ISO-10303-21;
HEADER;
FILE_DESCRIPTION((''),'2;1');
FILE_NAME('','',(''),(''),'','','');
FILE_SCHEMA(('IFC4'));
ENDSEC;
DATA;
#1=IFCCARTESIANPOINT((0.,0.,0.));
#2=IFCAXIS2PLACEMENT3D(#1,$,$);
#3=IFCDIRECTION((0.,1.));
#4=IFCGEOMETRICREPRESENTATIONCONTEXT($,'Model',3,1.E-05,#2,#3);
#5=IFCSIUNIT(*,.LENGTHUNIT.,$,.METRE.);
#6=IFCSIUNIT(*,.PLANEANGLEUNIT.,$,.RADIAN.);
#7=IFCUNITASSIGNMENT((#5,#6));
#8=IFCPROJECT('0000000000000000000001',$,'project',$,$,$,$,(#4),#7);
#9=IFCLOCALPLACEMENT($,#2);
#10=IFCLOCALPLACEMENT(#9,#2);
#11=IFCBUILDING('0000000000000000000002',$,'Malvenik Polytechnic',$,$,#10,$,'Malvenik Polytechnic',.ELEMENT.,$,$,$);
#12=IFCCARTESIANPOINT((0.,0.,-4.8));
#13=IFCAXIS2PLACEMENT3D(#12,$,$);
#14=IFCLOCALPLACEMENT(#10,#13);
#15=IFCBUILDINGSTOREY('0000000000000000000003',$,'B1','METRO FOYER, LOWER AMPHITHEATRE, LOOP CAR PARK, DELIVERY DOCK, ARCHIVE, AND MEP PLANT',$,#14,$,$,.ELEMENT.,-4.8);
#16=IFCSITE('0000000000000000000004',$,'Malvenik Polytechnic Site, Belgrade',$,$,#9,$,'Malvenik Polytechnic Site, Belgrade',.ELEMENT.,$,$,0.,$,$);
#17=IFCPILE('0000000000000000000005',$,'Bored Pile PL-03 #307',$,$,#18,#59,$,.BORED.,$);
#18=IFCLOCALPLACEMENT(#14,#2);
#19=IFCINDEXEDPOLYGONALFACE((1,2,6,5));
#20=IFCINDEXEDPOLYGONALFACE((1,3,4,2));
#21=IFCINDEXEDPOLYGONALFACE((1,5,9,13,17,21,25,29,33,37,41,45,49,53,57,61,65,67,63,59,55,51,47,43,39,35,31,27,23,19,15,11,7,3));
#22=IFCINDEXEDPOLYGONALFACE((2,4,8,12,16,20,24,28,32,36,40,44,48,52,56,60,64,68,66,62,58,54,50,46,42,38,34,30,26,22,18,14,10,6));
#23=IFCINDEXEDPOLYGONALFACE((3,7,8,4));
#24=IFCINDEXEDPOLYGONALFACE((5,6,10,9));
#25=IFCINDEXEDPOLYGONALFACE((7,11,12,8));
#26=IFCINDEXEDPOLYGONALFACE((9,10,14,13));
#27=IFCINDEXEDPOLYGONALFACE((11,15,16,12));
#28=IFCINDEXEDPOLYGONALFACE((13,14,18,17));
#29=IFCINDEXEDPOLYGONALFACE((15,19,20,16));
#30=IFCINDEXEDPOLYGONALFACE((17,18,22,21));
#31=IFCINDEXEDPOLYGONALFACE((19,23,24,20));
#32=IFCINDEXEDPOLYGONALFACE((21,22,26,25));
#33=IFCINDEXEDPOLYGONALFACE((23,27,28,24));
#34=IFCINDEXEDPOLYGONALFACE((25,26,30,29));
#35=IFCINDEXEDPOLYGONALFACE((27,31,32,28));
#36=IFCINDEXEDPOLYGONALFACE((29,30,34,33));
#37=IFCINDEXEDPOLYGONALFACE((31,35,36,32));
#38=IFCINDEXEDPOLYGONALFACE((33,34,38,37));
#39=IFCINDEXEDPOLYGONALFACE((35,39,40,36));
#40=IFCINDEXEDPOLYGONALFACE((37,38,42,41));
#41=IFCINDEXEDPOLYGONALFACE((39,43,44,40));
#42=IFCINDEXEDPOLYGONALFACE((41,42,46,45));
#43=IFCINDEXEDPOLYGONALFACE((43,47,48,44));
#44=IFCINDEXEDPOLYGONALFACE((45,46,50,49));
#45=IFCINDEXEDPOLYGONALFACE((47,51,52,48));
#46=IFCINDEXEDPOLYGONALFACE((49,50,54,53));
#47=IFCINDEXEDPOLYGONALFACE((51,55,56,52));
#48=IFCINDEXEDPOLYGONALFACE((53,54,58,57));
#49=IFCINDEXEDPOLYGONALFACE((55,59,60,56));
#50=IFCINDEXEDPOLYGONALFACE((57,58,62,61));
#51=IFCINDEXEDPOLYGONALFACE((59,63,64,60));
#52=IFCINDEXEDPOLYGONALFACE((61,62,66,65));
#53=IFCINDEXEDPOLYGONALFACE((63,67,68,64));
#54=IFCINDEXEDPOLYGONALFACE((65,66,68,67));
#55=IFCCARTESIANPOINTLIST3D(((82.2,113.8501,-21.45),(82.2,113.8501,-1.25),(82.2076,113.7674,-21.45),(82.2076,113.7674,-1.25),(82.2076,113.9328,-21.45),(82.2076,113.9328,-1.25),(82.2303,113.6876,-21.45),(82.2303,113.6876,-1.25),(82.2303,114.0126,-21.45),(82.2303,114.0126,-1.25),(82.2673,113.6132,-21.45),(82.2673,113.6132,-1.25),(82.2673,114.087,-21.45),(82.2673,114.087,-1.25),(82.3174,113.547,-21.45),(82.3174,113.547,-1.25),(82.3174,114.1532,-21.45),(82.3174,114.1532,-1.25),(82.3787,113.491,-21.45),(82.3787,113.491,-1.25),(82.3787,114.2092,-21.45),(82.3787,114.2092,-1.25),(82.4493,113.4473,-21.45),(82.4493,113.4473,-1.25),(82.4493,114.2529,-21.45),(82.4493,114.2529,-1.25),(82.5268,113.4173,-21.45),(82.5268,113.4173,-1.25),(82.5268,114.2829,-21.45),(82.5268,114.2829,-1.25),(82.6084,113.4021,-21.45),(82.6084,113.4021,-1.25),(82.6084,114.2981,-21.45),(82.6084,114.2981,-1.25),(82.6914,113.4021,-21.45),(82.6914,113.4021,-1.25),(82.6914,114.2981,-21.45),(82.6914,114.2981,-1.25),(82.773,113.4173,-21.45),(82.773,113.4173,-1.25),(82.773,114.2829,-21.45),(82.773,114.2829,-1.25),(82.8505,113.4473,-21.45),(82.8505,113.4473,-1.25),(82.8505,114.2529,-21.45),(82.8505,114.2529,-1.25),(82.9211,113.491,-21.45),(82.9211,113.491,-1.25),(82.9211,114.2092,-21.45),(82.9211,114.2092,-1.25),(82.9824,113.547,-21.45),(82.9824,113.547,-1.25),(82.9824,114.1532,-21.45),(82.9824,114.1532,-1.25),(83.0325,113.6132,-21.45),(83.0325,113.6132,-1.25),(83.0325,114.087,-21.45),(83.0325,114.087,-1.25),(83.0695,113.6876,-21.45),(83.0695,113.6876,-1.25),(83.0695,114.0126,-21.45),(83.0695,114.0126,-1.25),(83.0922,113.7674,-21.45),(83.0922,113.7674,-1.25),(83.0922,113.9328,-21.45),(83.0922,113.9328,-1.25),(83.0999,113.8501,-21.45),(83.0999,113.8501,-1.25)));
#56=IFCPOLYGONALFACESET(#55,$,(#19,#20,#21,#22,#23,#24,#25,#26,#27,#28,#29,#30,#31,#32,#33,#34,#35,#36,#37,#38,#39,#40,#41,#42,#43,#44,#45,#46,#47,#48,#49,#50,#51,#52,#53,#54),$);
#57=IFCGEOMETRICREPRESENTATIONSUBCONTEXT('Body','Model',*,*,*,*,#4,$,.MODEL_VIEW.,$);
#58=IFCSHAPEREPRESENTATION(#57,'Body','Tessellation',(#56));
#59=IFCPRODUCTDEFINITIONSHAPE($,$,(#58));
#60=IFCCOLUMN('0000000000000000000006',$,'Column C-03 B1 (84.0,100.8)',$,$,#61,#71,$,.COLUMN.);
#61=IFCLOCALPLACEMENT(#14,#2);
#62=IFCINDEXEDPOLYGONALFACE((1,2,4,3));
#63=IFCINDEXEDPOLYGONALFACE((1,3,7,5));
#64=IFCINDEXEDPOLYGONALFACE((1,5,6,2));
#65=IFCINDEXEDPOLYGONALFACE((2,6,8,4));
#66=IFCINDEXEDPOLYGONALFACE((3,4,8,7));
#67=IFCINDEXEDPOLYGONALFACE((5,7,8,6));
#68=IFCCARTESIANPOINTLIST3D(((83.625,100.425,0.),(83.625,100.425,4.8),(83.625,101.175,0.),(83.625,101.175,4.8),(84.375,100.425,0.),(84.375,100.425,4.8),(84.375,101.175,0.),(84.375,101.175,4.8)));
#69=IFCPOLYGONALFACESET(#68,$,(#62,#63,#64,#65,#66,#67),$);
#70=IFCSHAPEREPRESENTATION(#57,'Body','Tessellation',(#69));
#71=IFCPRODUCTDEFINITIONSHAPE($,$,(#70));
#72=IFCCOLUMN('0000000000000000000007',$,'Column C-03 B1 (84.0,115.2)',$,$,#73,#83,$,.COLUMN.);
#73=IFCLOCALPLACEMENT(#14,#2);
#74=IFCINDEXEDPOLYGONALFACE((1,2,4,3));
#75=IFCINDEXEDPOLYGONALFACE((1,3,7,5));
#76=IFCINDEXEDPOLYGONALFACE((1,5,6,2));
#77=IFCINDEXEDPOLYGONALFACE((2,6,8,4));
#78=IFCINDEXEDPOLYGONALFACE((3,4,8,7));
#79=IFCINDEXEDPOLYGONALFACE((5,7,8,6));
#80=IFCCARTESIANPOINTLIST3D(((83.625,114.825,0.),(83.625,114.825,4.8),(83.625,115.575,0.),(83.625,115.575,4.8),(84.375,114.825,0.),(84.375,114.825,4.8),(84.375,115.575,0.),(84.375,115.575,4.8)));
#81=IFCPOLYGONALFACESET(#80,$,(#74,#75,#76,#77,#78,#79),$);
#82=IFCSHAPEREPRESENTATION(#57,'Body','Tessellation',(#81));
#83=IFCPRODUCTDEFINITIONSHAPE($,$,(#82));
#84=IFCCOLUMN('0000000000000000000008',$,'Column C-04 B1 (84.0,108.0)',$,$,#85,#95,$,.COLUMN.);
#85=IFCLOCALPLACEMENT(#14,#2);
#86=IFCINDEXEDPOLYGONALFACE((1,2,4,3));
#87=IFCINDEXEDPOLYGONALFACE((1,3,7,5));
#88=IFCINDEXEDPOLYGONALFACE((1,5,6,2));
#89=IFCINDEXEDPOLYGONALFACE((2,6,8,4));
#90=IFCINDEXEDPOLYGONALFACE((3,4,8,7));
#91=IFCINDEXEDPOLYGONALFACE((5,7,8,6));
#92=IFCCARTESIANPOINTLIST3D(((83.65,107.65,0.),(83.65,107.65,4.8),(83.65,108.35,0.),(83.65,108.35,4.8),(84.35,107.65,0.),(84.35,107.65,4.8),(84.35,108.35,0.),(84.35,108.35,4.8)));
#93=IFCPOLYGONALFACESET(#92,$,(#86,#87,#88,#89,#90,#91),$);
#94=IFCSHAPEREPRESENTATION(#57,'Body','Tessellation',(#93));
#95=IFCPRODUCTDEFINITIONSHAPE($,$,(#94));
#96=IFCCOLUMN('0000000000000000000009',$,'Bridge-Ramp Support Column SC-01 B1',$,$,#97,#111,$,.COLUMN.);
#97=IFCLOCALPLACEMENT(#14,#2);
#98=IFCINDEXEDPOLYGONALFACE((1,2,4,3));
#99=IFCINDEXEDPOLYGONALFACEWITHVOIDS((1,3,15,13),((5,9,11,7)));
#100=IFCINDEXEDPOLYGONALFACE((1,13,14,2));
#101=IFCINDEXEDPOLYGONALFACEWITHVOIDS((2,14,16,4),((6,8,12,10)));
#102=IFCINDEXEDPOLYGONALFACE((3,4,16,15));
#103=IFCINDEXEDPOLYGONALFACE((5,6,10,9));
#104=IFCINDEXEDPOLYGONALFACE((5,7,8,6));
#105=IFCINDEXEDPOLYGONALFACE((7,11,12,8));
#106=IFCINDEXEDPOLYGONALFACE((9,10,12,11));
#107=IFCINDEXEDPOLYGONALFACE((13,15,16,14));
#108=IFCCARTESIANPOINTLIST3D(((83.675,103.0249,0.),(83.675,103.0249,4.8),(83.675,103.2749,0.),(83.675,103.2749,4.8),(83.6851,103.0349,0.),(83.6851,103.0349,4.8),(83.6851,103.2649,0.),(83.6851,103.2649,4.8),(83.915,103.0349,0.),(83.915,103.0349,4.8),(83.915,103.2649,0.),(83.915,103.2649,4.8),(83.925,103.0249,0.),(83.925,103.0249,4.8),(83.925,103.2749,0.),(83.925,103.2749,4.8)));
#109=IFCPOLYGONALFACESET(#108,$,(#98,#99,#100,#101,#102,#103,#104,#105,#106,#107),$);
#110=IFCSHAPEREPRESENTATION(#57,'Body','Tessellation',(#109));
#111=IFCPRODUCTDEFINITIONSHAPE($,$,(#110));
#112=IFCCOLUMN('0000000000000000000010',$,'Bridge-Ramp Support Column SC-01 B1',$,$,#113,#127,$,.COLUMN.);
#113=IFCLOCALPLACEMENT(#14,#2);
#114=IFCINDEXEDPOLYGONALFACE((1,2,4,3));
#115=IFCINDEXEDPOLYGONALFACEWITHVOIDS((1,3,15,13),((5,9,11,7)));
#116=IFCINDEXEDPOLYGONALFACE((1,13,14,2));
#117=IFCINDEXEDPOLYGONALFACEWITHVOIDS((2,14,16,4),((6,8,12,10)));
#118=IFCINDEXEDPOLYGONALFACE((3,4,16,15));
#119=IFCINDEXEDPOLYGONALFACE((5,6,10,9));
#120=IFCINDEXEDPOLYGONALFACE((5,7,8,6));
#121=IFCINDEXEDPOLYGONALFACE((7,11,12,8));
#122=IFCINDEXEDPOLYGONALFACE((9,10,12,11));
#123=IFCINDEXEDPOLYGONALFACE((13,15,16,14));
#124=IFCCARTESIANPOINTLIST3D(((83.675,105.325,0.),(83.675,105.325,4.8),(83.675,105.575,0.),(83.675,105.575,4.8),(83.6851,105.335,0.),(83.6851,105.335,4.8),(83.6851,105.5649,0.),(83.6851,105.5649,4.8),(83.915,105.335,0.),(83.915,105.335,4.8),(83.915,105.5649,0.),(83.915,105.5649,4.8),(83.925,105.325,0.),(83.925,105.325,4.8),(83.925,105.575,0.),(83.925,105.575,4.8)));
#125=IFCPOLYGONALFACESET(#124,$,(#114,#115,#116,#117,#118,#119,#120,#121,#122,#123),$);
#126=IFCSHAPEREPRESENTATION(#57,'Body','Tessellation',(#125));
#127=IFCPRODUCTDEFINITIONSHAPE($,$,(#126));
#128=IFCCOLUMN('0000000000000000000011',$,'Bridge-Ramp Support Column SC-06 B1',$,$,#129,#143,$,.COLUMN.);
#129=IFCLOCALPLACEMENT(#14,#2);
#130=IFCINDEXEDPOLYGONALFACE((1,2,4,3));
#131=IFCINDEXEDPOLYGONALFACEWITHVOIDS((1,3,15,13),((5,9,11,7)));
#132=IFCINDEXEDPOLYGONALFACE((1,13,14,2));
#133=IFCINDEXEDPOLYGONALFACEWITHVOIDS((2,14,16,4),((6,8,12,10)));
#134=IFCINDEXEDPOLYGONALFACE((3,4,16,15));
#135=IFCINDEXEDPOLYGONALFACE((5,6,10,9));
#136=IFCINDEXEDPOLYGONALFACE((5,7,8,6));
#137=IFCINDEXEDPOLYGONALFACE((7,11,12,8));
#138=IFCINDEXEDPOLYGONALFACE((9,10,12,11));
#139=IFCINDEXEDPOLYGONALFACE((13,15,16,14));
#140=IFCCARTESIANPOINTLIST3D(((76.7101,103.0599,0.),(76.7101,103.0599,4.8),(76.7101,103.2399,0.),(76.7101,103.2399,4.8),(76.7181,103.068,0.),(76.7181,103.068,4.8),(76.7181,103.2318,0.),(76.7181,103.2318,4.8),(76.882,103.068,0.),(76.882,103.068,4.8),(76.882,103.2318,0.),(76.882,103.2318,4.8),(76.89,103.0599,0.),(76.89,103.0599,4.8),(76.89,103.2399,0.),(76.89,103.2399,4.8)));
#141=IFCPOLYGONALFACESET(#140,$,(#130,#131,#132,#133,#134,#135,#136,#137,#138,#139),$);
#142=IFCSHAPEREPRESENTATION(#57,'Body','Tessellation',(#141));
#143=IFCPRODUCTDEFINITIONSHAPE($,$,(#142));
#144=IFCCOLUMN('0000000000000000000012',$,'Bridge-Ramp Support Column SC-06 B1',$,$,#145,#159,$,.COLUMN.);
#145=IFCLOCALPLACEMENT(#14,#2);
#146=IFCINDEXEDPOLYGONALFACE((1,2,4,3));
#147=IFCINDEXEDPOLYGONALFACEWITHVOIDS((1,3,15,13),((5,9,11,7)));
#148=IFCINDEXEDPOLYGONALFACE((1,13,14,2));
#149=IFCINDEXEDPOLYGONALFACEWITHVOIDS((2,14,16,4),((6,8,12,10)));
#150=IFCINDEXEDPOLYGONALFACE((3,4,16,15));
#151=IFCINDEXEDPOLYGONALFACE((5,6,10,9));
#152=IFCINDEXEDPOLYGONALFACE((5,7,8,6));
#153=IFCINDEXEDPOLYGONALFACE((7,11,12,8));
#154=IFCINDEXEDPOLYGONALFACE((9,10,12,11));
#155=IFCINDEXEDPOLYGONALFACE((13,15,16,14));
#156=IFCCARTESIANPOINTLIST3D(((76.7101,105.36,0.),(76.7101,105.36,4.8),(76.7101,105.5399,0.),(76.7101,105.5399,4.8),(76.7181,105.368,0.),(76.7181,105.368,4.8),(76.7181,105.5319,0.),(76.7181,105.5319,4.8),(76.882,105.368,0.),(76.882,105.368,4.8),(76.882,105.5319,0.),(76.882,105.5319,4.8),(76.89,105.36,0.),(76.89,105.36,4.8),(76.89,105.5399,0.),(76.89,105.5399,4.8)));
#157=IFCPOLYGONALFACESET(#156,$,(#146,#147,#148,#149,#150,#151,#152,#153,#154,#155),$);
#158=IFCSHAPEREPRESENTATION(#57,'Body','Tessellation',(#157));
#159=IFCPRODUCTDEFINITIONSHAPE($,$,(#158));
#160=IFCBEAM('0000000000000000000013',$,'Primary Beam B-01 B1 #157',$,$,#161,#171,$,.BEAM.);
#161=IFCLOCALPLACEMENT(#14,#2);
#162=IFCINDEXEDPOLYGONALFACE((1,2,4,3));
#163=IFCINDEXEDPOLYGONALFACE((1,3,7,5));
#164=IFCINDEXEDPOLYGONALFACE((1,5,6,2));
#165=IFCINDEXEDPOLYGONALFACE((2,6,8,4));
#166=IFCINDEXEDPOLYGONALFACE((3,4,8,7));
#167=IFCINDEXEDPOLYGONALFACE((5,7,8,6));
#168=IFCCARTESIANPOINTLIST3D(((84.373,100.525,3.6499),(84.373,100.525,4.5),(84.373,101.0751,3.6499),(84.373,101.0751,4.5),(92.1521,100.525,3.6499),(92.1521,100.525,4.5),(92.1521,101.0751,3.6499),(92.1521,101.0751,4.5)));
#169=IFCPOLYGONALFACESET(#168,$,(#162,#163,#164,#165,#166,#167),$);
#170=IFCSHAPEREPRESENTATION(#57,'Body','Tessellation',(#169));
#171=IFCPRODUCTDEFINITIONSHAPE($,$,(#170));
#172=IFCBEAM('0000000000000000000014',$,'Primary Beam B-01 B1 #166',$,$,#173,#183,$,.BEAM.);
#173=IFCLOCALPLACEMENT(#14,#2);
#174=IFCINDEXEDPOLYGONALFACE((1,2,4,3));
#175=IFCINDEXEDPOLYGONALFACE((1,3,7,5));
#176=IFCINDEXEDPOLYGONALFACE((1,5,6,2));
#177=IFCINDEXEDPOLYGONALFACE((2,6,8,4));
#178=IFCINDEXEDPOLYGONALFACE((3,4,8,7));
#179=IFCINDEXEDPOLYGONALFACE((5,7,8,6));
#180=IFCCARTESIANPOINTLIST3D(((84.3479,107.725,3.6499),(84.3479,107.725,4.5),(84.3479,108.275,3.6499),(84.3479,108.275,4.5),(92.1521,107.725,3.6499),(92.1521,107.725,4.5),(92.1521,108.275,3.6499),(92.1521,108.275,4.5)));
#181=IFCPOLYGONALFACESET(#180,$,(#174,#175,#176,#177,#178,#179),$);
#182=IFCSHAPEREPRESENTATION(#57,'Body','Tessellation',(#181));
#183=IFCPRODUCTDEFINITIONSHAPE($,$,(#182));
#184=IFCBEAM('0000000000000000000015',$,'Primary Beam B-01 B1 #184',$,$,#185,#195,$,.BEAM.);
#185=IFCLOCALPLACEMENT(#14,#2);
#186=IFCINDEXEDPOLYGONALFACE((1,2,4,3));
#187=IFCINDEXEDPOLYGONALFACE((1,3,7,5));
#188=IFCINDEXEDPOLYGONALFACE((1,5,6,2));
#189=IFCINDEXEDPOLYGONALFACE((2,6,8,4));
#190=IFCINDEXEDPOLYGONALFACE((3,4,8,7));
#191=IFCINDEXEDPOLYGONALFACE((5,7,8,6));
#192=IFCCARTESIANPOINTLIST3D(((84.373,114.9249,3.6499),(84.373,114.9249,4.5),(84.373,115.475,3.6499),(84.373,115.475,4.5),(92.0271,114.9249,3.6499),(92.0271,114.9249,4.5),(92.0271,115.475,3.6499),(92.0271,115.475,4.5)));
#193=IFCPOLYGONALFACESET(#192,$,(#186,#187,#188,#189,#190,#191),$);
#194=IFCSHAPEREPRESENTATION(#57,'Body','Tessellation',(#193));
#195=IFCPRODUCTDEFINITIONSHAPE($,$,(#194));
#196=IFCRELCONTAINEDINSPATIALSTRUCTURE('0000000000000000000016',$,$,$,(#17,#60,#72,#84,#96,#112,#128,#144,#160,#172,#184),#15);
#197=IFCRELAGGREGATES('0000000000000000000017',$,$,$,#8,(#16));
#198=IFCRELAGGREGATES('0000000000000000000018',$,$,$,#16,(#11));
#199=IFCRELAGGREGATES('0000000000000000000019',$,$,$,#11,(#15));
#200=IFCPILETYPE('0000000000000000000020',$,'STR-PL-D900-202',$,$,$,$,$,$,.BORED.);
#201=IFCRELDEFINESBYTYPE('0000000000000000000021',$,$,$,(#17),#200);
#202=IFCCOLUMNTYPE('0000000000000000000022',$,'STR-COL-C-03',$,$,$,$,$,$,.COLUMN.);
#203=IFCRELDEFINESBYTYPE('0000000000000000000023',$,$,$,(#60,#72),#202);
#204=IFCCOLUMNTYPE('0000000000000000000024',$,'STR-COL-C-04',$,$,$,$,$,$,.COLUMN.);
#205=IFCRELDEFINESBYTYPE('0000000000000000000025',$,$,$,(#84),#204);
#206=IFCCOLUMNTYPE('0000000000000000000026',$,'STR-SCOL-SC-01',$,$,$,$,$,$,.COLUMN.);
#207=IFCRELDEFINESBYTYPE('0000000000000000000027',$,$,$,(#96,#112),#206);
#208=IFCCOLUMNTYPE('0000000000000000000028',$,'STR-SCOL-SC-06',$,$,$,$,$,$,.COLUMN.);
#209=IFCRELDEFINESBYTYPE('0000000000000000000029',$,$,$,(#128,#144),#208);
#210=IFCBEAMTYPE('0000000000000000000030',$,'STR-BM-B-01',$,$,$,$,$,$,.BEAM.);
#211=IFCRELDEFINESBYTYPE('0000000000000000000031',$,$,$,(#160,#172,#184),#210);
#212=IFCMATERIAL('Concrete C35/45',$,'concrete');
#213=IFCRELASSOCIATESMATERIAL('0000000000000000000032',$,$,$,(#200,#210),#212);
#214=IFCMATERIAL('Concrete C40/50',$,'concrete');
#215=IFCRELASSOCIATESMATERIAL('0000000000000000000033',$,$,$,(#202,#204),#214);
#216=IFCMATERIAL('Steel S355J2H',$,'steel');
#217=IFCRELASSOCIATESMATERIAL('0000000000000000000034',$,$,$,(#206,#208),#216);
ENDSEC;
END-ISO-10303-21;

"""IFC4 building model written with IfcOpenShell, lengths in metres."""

from ifc_helpers import new_model, si_unit, direction, frame, origin, origin_2d, place, context, subcontext, project, spatial, rectangle, hollow_rectangle, circle, extrude, material, material_profile, profile_set, type_object, element, save


model = new_model("IFC4")

# Units and contexts
model_context = context("Model", 3, precision=1e-05, world=origin(), true_north=direction((0.0, 1.0)))
body_context = subcontext(model_context, "Body", "Model", "MODEL_VIEW")
ifc_project = project(units=[si_unit("LENGTHUNIT", "METRE"), si_unit("PLANEANGLEUNIT", "RADIAN")], contexts=[model_context])

# Site, building, storey
site_placement = place(None, origin())
site = spatial("IfcSite", under=ifc_project, at=site_placement, Name="Malvenik Polytechnic Site, Belgrade", LongName="Malvenik Polytechnic Site, Belgrade", CompositionType="ELEMENT", RefElevation=0.0)
building_placement = place(site_placement, origin())
building = spatial("IfcBuilding", under=site, at=building_placement, Name="Malvenik Polytechnic", LongName="Malvenik Polytechnic", CompositionType="ELEMENT")
storey_placement = place(building_placement, frame((0.0, 0.0, -4.8)))
storey = spatial("IfcBuildingStorey", under=building, at=storey_placement, Name="B1", Description="METRO FOYER, LOWER AMPHITHEATRE, LOOP CAR PARK, DELIVERY DOCK, ARCHIVE, AND MEP PLANT", CompositionType="ELEMENT", Elevation=-4.8)

# Shared definitions
ifc_material_1 = material(Name="Concrete C35/45", Category="concrete")

# Pile
ifc_material_profile_1 = material_profile(ifc_material_1, circle(Radius=0.45, at=origin_2d()), Name="BORED PILE D900")
ifc_profile_set_1 = profile_set([ifc_material_profile_1], Name="Concrete C35/45")
pile_type_1 = type_object("IfcPileType", Name="STR-PL-D900-202", PredefinedType="BORED", material=ifc_profile_set_1)
pile_placement = place(storey_placement, frame((82.6499, 113.8501, -1.25), z_axis=(0.0, 0.0, -1.0), x_axis=(1.0, 0.0, 0.0)))
element("IfcPile", 1, at=pile_placement, inside=storey, type_object=pile_type_1, Name="Bored Pile PL-03 #307", PredefinedType="BORED", context=body_context, shape_type="SweptSolid", body=[
    extrude(circle(Radius=0.45, at=origin_2d()), origin(), (0.0, 0.0, 1.0), 20.2),
])

# Columns
ifc_material_2 = material(Name="Concrete C40/50", Category="concrete")
ifc_material_profile_2 = material_profile(ifc_material_2, rectangle(XDim=0.75, YDim=0.75, at=origin_2d()), Name="RC COL 750x750")
ifc_profile_set_2 = profile_set([ifc_material_profile_2], Name="Concrete C40/50")
column_type_1 = type_object("IfcColumnType", Name="STR-COL-C-03", PredefinedType="COLUMN", material=ifc_profile_set_2)
for number, where, z_axis, x_axis, name in (
    (2, (84.0, 100.8, 0.0), (0.0, 0.0, 1.0), (1.0, 0.0, 0.0), "Column C-03 B1 (84.0,100.8)"),
    (3, (84.0, 115.2, 0.0), (0.0, 0.0, 1.0), (1.0, 0.0, 0.0), "Column C-03 B1 (84.0,115.2)"),
):
    element("IfcColumn", number, at=place(storey_placement, frame(where, z_axis=z_axis, x_axis=x_axis)), inside=storey, type_object=column_type_1, Name=name, PredefinedType="COLUMN", context=body_context, shape_type="SweptSolid", body=[
        extrude(rectangle(XDim=0.75, YDim=0.75, at=origin_2d()), origin(), (0.0, 0.0, 1.0), 4.8),
    ])
ifc_material_profile_3 = material_profile(ifc_material_2, rectangle(XDim=0.7, YDim=0.7, at=origin_2d()), Name="RC COL 700x700")
ifc_profile_set_3 = profile_set([ifc_material_profile_3], Name="Concrete C40/50")
column_type_2 = type_object("IfcColumnType", Name="STR-COL-C-04", PredefinedType="COLUMN", material=ifc_profile_set_3)
column_placement = place(storey_placement, frame((84.0, 108.0, 0.0), z_axis=(0.0, 0.0, 1.0), x_axis=(1.0, 0.0, 0.0)))
element("IfcColumn", 4, at=column_placement, inside=storey, type_object=column_type_2, Name="Column C-04 B1 (84.0,108.0)", PredefinedType="COLUMN", context=body_context, shape_type="SweptSolid", body=[
    extrude(rectangle(XDim=0.7, YDim=0.7, at=origin_2d()), origin(), (0.0, 0.0, 1.0), 4.8),
])
ifc_material_3 = material(Name="Steel S355J2H", Category="steel")
ifc_material_profile_4 = material_profile(ifc_material_3, hollow_rectangle(XDim=0.25, YDim=0.25, WallThickness=0.01, at=origin_2d()), Name="SHS 250x250x10.0")
ifc_profile_set_4 = profile_set([ifc_material_profile_4], Name="Steel S355J2H")
column_type_3 = type_object("IfcColumnType", Name="STR-SCOL-SC-01", PredefinedType="COLUMN", material=ifc_profile_set_4)
for number, where, z_axis, x_axis, name in (
    (5, (83.8, 103.1499, 0.0), (0.0, 0.0, 1.0), (1.0, 0.0, 0.0), "Bridge-Ramp Support Column SC-01 B1"),
    (6, (83.8, 105.45, 0.0), (0.0, 0.0, 1.0), (1.0, 0.0, 0.0), "Bridge-Ramp Support Column SC-01 B1"),
):
    element("IfcColumn", number, at=place(storey_placement, frame(where, z_axis=z_axis, x_axis=x_axis)), inside=storey, type_object=column_type_3, Name=name, PredefinedType="COLUMN", context=body_context, shape_type="SweptSolid", body=[
        extrude(hollow_rectangle(XDim=0.25, YDim=0.25, WallThickness=0.01, at=origin_2d()), origin(), (0.0, 0.0, 1.0), 4.8),
    ])
ifc_material_profile_5 = material_profile(ifc_material_3, hollow_rectangle(XDim=0.1799, YDim=0.1799, WallThickness=0.0081, at=origin_2d()), Name="SHS 180x180x8.0")
ifc_profile_set_5 = profile_set([ifc_material_profile_5], Name="Steel S355J2H")
column_type_4 = type_object("IfcColumnType", Name="STR-SCOL-SC-06", PredefinedType="COLUMN", material=ifc_profile_set_5)
for number, where, z_axis, x_axis, name in (
    (7, (76.8, 103.1499, 0.0), (0.0, 0.0, 1.0), (1.0, 0.0, 0.0), "Bridge-Ramp Support Column SC-06 B1"),
    (8, (76.8, 105.45, 0.0), (0.0, 0.0, 1.0), (1.0, 0.0, 0.0), "Bridge-Ramp Support Column SC-06 B1"),
):
    element("IfcColumn", number, at=place(storey_placement, frame(where, z_axis=z_axis, x_axis=x_axis)), inside=storey, type_object=column_type_4, Name=name, PredefinedType="COLUMN", context=body_context, shape_type="SweptSolid", body=[
        extrude(hollow_rectangle(XDim=0.1799, YDim=0.1799, WallThickness=0.0081, at=origin_2d()), origin(), (0.0, 0.0, 1.0), 4.8),
    ])

# Beams
ifc_material_profile_6 = material_profile(ifc_material_1, rectangle(XDim=0.55, YDim=0.8501, at=origin_2d()), Name="RC BM 550x850")
ifc_profile_set_6 = profile_set([ifc_material_profile_6], Name="Concrete C35/45")
beam_type_1 = type_object("IfcBeamType", Name="STR-BM-B-01", PredefinedType="BEAM", material=ifc_profile_set_6)
beam_1_placement = place(storey_placement, frame((84.373, 100.8, 4.075), z_axis=(1.0, 0.0, 0.0), x_axis=(0.0, 1.0, 0.0)))
element("IfcBeam", 9, at=beam_1_placement, inside=storey, type_object=beam_type_1, Name="Primary Beam B-01 B1 #157", PredefinedType="BEAM", context=body_context, shape_type="SweptSolid", body=[
    extrude(rectangle(XDim=0.55, YDim=0.8501, at=origin_2d()), origin(), (0.0, 0.0, 1.0), 7.7791),
])
beam_2_placement = place(storey_placement, frame((84.3479, 108.0, 4.075), z_axis=(1.0, 0.0, 0.0), x_axis=(0.0, 1.0, 0.0)))
element("IfcBeam", 10, at=beam_2_placement, inside=storey, type_object=beam_type_1, Name="Primary Beam B-01 B1 #166", PredefinedType="BEAM", context=body_context, shape_type="SweptSolid", body=[
    extrude(rectangle(XDim=0.55, YDim=0.8501, at=origin_2d()), origin(), (0.0, 0.0, 1.0), 7.8042),
])
beam_3_placement = place(storey_placement, frame((84.373, 115.2, 4.075), z_axis=(1.0, 0.0, 0.0), x_axis=(0.0, 1.0, 0.0)))
element("IfcBeam", 11, at=beam_3_placement, inside=storey, type_object=beam_type_1, Name="Primary Beam B-01 B1 #184", PredefinedType="BEAM", context=body_context, shape_type="SweptSolid", body=[
    extrude(rectangle(XDim=0.55, YDim=0.8501, at=origin_2d()), origin(), (0.0, 0.0, 1.0), 7.6541),
])

save(model, "model.ifc")
